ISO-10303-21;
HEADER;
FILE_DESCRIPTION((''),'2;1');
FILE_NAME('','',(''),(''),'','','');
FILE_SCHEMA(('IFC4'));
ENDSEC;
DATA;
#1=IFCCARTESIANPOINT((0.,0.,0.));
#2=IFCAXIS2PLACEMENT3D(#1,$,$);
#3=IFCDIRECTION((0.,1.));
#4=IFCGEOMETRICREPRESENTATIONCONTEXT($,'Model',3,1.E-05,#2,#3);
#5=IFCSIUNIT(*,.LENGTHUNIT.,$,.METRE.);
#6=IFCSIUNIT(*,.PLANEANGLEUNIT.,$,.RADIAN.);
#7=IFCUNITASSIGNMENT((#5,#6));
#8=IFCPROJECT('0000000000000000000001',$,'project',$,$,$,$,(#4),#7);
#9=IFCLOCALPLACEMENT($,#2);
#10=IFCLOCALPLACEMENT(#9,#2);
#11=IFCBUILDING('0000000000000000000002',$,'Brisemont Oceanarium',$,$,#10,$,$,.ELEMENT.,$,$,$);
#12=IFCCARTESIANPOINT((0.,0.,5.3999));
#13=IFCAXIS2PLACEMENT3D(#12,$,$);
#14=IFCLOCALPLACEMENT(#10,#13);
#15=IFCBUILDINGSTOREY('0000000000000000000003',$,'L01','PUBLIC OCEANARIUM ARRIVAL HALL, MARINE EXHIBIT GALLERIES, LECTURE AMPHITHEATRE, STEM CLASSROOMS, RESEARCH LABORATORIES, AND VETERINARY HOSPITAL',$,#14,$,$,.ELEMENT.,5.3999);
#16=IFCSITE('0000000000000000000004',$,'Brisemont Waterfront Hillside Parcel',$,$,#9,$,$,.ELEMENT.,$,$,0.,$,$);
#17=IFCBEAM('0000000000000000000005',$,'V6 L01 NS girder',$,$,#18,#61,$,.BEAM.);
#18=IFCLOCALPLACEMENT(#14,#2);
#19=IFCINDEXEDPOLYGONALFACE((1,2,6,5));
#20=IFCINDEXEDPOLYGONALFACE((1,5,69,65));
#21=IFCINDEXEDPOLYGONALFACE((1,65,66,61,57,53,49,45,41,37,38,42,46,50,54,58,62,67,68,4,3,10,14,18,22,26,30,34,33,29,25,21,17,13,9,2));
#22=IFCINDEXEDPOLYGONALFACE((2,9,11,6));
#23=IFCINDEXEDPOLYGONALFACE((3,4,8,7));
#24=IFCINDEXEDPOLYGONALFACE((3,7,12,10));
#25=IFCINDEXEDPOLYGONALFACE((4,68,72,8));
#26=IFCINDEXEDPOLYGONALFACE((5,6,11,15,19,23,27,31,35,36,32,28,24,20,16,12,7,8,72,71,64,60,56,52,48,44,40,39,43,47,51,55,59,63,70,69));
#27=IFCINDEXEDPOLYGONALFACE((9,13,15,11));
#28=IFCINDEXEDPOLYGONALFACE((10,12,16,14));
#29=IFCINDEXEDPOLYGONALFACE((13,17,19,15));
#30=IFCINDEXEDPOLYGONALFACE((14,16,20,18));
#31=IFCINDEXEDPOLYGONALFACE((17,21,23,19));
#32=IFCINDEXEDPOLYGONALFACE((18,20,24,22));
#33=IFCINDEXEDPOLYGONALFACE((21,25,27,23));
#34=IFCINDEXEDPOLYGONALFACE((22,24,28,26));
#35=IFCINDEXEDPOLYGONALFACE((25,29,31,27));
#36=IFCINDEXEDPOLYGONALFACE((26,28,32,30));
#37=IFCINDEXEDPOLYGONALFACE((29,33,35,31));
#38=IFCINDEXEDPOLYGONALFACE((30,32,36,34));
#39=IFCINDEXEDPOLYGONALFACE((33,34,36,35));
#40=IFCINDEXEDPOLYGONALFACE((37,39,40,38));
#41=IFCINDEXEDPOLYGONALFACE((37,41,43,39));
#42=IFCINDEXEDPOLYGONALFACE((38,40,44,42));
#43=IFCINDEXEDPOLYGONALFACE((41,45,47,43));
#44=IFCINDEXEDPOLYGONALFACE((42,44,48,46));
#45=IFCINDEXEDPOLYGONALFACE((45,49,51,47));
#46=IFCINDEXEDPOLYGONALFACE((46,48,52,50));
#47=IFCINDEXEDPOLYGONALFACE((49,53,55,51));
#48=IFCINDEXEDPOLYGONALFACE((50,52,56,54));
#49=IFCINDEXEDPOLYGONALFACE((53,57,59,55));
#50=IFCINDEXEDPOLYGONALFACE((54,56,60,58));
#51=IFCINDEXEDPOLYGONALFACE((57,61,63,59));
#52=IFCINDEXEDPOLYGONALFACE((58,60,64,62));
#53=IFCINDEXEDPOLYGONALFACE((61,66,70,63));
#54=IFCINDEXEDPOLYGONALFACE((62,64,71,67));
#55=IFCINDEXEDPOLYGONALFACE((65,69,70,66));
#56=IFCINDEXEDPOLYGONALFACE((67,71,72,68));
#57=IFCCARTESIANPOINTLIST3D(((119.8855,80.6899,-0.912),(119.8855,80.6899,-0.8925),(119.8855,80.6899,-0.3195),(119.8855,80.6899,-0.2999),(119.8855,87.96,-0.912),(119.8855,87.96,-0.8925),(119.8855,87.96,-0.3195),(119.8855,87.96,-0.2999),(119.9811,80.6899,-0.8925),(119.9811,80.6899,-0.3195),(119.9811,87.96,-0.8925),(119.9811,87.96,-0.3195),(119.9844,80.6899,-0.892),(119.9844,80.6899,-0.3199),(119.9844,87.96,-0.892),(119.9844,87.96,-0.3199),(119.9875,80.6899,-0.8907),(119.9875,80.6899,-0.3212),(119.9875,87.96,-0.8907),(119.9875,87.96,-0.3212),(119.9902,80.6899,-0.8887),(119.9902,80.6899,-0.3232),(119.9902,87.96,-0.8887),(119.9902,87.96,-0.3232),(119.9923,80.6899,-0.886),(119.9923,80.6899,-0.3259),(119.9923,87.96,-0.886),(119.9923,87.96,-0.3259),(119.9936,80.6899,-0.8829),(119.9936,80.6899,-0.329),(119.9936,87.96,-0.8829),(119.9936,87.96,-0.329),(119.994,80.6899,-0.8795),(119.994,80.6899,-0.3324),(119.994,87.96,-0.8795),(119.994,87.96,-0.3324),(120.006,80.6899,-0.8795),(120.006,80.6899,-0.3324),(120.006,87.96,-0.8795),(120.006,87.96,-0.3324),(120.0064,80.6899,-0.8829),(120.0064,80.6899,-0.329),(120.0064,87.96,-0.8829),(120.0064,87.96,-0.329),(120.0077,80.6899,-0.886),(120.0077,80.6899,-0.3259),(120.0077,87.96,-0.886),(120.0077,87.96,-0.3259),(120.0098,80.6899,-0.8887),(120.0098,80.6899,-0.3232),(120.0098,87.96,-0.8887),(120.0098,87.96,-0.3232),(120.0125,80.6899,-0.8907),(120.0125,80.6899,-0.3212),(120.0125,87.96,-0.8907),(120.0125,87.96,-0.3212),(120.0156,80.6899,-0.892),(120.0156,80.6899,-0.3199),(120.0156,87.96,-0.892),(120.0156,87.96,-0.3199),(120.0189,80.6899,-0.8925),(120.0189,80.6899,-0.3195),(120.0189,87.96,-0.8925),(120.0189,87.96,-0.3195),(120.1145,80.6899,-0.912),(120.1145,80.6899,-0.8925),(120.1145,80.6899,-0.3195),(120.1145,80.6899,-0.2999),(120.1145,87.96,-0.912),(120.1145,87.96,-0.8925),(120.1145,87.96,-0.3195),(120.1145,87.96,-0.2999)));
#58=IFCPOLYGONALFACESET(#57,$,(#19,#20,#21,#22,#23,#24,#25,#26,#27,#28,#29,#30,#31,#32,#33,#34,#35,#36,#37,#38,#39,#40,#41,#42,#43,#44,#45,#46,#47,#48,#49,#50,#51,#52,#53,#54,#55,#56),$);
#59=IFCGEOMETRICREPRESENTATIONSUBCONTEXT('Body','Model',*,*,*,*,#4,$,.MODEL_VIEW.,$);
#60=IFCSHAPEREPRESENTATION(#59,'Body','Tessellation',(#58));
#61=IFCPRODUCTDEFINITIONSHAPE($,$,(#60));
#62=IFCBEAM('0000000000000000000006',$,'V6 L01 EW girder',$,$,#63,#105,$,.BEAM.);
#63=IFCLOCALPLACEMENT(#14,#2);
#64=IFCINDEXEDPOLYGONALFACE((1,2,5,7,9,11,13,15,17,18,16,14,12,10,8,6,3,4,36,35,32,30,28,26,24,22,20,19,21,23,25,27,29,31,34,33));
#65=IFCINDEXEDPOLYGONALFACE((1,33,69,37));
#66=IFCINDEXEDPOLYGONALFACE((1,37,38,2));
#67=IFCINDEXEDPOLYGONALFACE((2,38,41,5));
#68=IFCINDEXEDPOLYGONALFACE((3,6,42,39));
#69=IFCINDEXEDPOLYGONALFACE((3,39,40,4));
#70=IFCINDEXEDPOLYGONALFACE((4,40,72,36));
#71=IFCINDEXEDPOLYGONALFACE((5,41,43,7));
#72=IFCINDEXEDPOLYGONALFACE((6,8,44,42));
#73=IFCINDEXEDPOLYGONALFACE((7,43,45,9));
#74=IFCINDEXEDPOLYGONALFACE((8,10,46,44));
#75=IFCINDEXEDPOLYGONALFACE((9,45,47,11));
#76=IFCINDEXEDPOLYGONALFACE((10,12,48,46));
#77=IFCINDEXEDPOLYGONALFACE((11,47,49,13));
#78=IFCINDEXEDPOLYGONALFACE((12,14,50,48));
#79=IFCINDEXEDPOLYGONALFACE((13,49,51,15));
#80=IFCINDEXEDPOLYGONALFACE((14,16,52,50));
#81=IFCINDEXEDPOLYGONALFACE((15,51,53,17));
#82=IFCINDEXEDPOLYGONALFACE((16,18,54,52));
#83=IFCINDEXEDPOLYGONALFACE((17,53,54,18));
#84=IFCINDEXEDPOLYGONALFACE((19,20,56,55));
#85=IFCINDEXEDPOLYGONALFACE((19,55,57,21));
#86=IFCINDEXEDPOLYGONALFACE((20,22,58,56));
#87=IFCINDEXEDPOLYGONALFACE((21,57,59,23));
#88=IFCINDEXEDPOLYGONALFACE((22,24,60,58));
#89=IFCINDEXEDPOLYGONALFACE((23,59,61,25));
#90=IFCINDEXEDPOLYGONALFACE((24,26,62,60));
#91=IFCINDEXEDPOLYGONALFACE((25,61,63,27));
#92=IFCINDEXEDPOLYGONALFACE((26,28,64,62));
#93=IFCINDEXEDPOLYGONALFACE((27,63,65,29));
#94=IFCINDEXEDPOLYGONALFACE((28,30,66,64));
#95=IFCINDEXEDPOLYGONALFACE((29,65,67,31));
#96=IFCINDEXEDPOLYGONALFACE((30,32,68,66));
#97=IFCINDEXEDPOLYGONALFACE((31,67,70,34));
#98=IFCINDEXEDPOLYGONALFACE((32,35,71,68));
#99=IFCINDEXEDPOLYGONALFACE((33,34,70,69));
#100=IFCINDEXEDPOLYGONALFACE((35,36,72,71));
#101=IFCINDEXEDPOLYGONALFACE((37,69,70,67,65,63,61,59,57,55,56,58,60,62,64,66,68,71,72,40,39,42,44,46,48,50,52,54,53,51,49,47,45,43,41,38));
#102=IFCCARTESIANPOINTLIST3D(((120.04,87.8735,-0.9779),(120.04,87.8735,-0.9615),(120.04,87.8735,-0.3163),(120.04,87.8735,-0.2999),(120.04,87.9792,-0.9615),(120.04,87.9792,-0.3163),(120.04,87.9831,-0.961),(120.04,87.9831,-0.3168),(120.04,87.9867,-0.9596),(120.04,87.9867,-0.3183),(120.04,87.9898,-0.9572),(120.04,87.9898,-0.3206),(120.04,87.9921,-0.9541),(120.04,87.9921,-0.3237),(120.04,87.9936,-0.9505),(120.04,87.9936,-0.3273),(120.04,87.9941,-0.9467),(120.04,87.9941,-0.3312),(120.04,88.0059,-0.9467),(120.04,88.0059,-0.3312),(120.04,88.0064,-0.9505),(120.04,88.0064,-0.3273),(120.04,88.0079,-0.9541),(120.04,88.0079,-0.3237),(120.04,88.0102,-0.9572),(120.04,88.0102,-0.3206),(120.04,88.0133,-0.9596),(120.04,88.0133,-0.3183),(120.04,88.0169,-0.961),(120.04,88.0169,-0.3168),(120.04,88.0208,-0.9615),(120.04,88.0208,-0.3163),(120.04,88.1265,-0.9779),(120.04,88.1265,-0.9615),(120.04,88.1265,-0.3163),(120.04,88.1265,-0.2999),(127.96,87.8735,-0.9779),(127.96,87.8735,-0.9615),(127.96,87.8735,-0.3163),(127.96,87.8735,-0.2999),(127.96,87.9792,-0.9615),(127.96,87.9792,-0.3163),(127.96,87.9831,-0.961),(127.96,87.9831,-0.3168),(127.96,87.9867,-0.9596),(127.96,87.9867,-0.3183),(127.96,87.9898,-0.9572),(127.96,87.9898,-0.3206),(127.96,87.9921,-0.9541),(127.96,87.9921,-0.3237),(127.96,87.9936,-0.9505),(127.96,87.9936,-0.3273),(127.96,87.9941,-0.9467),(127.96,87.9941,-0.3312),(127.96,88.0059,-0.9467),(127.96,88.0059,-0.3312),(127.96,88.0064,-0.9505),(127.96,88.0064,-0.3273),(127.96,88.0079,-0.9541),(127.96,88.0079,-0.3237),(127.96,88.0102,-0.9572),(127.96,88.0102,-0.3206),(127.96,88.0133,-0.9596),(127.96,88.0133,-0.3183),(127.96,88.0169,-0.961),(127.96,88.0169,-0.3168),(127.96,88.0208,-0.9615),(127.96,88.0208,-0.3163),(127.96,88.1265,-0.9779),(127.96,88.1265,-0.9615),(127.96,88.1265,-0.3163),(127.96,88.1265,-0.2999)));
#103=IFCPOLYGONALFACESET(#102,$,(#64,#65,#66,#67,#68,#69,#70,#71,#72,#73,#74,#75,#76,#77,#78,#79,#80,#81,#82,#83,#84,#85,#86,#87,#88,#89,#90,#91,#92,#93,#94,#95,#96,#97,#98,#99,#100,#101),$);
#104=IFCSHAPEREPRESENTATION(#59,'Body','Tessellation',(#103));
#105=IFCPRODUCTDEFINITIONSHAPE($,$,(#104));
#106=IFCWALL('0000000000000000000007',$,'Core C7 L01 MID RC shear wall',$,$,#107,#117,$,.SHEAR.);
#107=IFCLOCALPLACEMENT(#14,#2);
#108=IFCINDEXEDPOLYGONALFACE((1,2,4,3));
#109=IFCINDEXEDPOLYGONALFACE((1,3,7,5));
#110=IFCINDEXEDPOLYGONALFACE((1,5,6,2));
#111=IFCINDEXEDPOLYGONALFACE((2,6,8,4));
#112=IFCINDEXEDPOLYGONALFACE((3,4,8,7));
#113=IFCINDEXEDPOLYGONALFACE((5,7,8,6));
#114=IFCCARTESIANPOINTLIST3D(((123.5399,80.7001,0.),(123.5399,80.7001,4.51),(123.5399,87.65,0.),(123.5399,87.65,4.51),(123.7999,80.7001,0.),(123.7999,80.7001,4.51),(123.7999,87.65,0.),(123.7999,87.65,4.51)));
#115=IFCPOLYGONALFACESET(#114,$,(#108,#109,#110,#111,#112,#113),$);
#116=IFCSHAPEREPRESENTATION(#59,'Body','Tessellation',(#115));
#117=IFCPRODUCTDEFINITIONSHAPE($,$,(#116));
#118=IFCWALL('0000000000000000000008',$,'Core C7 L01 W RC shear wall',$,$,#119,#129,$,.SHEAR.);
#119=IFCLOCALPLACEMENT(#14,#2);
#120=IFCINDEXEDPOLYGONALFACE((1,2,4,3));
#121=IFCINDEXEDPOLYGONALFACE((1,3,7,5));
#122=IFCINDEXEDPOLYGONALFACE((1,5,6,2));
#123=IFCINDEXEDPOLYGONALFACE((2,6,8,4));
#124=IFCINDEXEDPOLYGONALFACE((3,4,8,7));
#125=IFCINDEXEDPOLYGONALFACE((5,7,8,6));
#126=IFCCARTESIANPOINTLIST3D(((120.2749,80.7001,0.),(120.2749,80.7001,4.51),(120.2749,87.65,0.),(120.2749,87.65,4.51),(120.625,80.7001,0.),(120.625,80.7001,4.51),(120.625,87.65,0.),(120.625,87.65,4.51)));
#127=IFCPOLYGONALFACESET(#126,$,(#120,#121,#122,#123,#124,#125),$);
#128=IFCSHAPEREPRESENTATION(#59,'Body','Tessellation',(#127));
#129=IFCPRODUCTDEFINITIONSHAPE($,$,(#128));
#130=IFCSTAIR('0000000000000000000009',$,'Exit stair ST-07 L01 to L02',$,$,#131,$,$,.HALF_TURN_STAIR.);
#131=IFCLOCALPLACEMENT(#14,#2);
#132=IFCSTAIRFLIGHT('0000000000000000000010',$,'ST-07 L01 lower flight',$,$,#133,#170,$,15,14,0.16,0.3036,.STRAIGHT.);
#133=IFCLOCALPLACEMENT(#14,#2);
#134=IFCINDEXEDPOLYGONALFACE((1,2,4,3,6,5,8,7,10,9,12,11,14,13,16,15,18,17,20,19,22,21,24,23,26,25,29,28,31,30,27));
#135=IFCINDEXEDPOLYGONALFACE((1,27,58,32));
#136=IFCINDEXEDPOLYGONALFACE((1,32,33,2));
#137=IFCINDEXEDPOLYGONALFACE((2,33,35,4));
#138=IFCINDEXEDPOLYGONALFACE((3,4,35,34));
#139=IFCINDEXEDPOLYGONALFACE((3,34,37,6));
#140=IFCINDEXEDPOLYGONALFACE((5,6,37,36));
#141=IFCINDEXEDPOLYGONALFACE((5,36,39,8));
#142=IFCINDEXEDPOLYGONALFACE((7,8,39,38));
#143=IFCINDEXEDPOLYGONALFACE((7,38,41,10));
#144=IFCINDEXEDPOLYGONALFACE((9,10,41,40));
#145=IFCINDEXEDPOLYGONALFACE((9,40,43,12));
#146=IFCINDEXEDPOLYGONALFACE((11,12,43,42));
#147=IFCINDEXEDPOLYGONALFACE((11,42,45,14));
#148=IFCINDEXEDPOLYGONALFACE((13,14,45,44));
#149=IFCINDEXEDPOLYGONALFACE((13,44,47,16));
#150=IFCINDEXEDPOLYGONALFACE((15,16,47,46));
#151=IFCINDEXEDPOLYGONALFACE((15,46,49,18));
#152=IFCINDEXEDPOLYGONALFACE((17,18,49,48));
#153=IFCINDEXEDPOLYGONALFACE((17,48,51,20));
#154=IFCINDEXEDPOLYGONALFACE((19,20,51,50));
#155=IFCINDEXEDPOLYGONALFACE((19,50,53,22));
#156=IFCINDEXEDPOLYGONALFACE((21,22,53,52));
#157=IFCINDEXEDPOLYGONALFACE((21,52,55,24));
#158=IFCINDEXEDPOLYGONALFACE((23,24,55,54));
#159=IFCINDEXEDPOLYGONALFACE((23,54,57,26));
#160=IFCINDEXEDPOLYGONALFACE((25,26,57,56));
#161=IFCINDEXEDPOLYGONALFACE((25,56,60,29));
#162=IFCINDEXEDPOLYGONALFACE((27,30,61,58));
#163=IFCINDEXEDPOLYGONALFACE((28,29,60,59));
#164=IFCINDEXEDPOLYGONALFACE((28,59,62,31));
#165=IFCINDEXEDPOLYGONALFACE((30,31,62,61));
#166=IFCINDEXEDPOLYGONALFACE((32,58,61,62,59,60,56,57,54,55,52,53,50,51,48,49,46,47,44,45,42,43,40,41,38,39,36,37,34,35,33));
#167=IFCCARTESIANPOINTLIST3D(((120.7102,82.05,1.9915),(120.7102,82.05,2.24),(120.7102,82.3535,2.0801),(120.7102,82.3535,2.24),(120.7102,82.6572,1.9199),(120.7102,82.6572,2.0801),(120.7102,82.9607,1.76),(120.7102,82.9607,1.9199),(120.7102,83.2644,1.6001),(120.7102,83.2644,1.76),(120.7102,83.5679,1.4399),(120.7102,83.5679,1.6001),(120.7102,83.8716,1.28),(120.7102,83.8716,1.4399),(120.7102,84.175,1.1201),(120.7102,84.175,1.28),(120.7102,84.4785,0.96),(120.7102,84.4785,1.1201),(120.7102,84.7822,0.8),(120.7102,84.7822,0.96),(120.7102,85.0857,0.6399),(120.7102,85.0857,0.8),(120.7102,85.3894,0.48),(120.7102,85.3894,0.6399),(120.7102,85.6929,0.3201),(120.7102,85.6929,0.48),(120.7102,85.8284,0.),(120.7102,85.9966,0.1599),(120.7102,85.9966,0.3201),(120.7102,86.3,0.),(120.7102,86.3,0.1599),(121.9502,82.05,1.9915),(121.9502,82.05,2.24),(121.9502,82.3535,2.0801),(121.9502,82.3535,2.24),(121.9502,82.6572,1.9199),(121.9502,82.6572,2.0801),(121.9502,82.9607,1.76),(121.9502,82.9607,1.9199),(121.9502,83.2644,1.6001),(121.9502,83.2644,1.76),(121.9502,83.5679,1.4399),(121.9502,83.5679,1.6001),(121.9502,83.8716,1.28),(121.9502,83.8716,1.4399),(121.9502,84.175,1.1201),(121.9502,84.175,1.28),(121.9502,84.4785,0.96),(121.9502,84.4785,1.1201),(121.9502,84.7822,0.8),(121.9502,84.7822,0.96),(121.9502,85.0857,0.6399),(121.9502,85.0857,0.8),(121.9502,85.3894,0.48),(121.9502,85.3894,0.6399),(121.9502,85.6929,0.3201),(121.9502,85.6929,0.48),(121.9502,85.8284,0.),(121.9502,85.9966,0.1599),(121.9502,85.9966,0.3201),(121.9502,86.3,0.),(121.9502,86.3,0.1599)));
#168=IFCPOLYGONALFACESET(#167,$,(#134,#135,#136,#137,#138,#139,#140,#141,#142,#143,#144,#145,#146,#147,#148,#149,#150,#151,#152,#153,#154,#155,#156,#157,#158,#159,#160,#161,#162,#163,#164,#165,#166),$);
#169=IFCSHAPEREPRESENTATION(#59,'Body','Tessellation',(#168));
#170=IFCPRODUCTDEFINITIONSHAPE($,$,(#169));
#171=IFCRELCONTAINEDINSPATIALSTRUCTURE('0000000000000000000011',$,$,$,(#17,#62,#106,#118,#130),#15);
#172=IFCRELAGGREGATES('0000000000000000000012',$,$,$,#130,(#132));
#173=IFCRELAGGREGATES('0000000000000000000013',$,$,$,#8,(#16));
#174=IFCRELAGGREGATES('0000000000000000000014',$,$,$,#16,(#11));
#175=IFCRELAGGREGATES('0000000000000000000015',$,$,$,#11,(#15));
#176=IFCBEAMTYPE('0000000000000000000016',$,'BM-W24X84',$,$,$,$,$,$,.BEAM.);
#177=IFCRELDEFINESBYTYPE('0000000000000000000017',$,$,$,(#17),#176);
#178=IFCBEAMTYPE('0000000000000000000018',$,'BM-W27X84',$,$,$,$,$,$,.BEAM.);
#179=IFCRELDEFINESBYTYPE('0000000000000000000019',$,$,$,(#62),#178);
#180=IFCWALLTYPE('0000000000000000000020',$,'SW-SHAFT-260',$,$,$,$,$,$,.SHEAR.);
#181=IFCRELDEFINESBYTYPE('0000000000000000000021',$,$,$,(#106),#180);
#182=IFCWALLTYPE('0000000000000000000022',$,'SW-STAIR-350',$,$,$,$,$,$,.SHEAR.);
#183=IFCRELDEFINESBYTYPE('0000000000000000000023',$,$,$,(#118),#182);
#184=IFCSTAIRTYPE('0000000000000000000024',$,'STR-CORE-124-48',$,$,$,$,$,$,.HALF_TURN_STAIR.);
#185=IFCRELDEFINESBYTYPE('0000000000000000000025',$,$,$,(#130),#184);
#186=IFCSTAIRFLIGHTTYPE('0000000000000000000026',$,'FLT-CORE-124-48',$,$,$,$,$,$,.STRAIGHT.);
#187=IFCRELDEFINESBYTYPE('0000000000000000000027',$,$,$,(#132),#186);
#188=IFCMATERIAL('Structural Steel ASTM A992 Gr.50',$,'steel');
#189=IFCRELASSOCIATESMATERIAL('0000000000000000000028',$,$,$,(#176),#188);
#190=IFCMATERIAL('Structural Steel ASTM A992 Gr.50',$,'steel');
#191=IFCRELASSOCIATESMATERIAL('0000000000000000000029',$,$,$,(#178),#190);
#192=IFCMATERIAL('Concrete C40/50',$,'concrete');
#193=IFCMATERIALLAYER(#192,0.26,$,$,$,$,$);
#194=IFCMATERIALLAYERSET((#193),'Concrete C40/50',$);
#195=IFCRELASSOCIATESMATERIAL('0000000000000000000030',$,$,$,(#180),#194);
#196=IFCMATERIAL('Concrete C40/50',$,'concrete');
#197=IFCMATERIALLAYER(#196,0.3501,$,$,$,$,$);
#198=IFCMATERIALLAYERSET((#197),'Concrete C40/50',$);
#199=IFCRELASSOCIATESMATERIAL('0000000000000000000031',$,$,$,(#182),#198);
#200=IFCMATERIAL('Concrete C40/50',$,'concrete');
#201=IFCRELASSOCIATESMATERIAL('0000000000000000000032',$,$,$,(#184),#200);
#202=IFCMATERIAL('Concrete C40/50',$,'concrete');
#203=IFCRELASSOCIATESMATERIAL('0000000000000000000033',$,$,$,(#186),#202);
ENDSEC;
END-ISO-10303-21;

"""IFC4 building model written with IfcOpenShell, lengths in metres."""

from ifc_helpers import new_model, si_unit, direction, frame, frame_2d, origin, origin_2d, place, context, subcontext, project, spatial, polyline, rectangle, i_section, outline, extrude, material, layer, layer_set, material_profile, profile_set, type_object, element, aggregate, save


model = new_model("IFC4")

# Units and contexts
model_context = context("Model", 3, precision=1e-05, world=origin(), true_north=direction((0.0, 1.0)))
body_context = subcontext(model_context, "Body", "Model", "MODEL_VIEW")
ifc_project = project(units=[si_unit("LENGTHUNIT", "METRE"), si_unit("PLANEANGLEUNIT", "RADIAN")], contexts=[model_context])

# Site, building, storey
site_placement = place(None, origin())
site = spatial("IfcSite", under=ifc_project, at=site_placement, Name="Brisemont Waterfront Hillside Parcel", CompositionType="ELEMENT", RefElevation=0.0)
building_placement = place(site_placement, origin())
building = spatial("IfcBuilding", under=site, at=building_placement, Name="Brisemont Oceanarium", CompositionType="ELEMENT")
storey_placement = place(building_placement, frame((0.0, 0.0, 5.3999)))
storey = spatial("IfcBuildingStorey", under=building, at=storey_placement, Name="L01", Description="PUBLIC OCEANARIUM ARRIVAL HALL, MARINE EXHIBIT GALLERIES, LECTURE AMPHITHEATRE, STEM CLASSROOMS, RESEARCH LABORATORIES, AND VETERINARY HOSPITAL", CompositionType="ELEMENT", Elevation=5.3999)

# Beams
ifc_material_1 = material(Name="Structural Steel ASTM A992 Gr.50", Category="steel")
ifc_material_profile_1 = material_profile(ifc_material_1, i_section(OverallWidth=0.229, OverallDepth=0.6121, WebThickness=0.012, FlangeThickness=0.0195, FilletRadius=0.0129, at=origin_2d()), Name="W24X84")
ifc_profile_set_1 = profile_set([ifc_material_profile_1], Name="Structural Steel ASTM A992 Gr.50")
beam_type_1 = type_object("IfcBeamType", Name="BM-W24X84", PredefinedType="BEAM", material=ifc_profile_set_1)
beam_1_placement = place(storey_placement, frame((120.0, 80.6899, -0.606), z_axis=(0.0, 1.0, 0.0), x_axis=(-1.0, 0.0, 0.0)))
element("IfcBeam", 1, at=beam_1_placement, inside=storey, type_object=beam_type_1, Name="V6 L01 NS girder", PredefinedType="BEAM", context=body_context, shape_type="SweptSolid", body=[
    extrude(i_section(OverallWidth=0.229, OverallDepth=0.6121, WebThickness=0.012, FlangeThickness=0.0195, FilletRadius=0.0129, at=origin_2d()), origin(), (0.0, 0.0, 1.0), 7.27),
])
ifc_material_2 = material(Name="Structural Steel ASTM A992 Gr.50", Category="steel")
ifc_material_profile_2 = material_profile(ifc_material_2, i_section(OverallWidth=0.2529, OverallDepth=0.678, WebThickness=0.0117, FlangeThickness=0.0164, FilletRadius=0.0149, at=origin_2d()), Name="W27X84")
ifc_profile_set_2 = profile_set([ifc_material_profile_2], Name="Structural Steel ASTM A992 Gr.50")
beam_type_2 = type_object("IfcBeamType", Name="BM-W27X84", PredefinedType="BEAM", material=ifc_profile_set_2)
beam_2_placement = place(storey_placement, frame((120.04, 88.0, -0.6389), z_axis=(1.0, 0.0, 0.0), x_axis=(0.0, 1.0, 0.0)))
element("IfcBeam", 2, at=beam_2_placement, inside=storey, type_object=beam_type_2, Name="V6 L01 EW girder", PredefinedType="BEAM", context=body_context, shape_type="SweptSolid", body=[
    extrude(i_section(OverallWidth=0.2529, OverallDepth=0.678, WebThickness=0.0117, FlangeThickness=0.0164, FilletRadius=0.0149, at=origin_2d()), origin(), (0.0, 0.0, 1.0), 7.9199),
])

# Wall
ifc_material_3 = material(Name="Concrete C40/50", Category="concrete")
ifc_layer_1 = layer(ifc_material_3, 0.26)
ifc_layer_set_1 = layer_set([ifc_layer_1], Name="Concrete C40/50")
wall_type_1 = type_object("IfcWallType", Name="SW-SHAFT-260", PredefinedType="SHEAR", material=ifc_layer_set_1)
wall_1_placement = place(storey_placement, frame((123.6699, 80.7, 0.0), z_axis=(0.0, 0.0, 1.0), x_axis=(0.0, 1.0, 0.0)))
element("IfcWall", 3, at=wall_1_placement, inside=storey, type_object=wall_type_1, Name="Core C7 L01 MID RC shear wall", PredefinedType="SHEAR", context=body_context, shape_type="SweptSolid", body=[
    extrude(rectangle(XDim=6.95, YDim=0.26, at=frame_2d((3.4751, 0.0))), origin(), (0.0, 0.0, 1.0), 4.51),
])

# Shared definitions
ifc_material_4 = material(Name="Concrete C40/50", Category="concrete")
ifc_layer_2 = layer(ifc_material_4, 0.3501)
ifc_layer_set_2 = layer_set([ifc_layer_2], Name="Concrete C40/50")
wall_type_2 = type_object("IfcWallType", Name="SW-STAIR-350", PredefinedType="SHEAR", material=ifc_layer_set_2)

# Wall
wall_2_placement = place(storey_placement, frame((120.45, 80.7, 0.0), z_axis=(0.0, 0.0, 1.0), x_axis=(0.0, 1.0, 0.0)))
element("IfcWall", 4, at=wall_2_placement, inside=storey, type_object=wall_type_2, Name="Core C7 L01 W RC shear wall", PredefinedType="SHEAR", context=body_context, shape_type="SweptSolid", body=[
    extrude(rectangle(XDim=6.95, YDim=0.3501, at=frame_2d((3.4751, 0.0))), origin(), (0.0, 0.0, 1.0), 4.51),
])

# Stair, stair flight
ifc_material_5 = material(Name="Concrete C40/50", Category="concrete")
stair_type = type_object("IfcStairType", Name="STR-CORE-124-48", PredefinedType="HALF_TURN_STAIR", material=ifc_material_5)
stair_placement = place(storey_placement, origin())
stair = element("IfcStair", 5, at=stair_placement, inside=storey, type_object=stair_type, Name="Exit stair ST-07 L01 to L02", PredefinedType="HALF_TURN_STAIR")
ifc_material_6 = material(Name="Concrete C40/50", Category="concrete")
stair_flight_type = type_object("IfcStairFlightType", Name="FLT-CORE-124-48", PredefinedType="STRAIGHT", material=ifc_material_6)
stair_flight_1_placement = place(storey_placement, frame((121.3301, 86.3, 0.0), z_axis=(0.0, 0.0, 1.0), x_axis=(0.0, -1.0, 0.0)))
stair_flight_1 = element("IfcStairFlight", 6, at=stair_flight_1_placement, type_object=stair_flight_type, Name="ST-07 L01 lower flight", NumberOfRisers=15, NumberOfTreads=14, PredefinedType="STRAIGHT", RiserHeight=0.16, TreadLength=0.3036, context=body_context, shape_type="SweptSolid", body=[
    extrude(outline(polyline([(0.0, 0.0), (0.0, 0.1599), (0.3035, 0.1599), (0.3035, 0.3201), (0.6072, 0.3201), (0.6072, 0.48), (0.9106, 0.48), (0.9106, 0.6399), (1.2144, 0.6399), (1.2144, 0.8), (1.5178, 0.8), (1.5178, 0.96), (1.8215, 0.96), (1.8215, 1.1201), (2.125, 1.1201), (2.125, 1.28), (2.4285, 1.28), (2.4285, 1.4399), (2.7322, 1.4399), (2.7322, 1.6001), (3.0356, 1.6001), (3.0356, 1.76), (3.3394, 1.76), (3.3394, 1.9199), (3.6428, 1.9199), (3.6428, 2.0801), (3.9465, 2.0801), (3.9465, 2.24), (4.25, 2.24), (4.25, 2.3999), (4.25, 1.9915), (0.4717, 0.0), (0.0, 0.0)])), frame((0.0, 0.6201, 0.0), z_axis=(0.0, -1.0, 0.0), x_axis=(1.0, 0.0, 0.0)), (0.0, 0.0, 1.0), 1.24),
])
aggregate(stair, [stair_flight_1])

save(model, "model.ifc")
